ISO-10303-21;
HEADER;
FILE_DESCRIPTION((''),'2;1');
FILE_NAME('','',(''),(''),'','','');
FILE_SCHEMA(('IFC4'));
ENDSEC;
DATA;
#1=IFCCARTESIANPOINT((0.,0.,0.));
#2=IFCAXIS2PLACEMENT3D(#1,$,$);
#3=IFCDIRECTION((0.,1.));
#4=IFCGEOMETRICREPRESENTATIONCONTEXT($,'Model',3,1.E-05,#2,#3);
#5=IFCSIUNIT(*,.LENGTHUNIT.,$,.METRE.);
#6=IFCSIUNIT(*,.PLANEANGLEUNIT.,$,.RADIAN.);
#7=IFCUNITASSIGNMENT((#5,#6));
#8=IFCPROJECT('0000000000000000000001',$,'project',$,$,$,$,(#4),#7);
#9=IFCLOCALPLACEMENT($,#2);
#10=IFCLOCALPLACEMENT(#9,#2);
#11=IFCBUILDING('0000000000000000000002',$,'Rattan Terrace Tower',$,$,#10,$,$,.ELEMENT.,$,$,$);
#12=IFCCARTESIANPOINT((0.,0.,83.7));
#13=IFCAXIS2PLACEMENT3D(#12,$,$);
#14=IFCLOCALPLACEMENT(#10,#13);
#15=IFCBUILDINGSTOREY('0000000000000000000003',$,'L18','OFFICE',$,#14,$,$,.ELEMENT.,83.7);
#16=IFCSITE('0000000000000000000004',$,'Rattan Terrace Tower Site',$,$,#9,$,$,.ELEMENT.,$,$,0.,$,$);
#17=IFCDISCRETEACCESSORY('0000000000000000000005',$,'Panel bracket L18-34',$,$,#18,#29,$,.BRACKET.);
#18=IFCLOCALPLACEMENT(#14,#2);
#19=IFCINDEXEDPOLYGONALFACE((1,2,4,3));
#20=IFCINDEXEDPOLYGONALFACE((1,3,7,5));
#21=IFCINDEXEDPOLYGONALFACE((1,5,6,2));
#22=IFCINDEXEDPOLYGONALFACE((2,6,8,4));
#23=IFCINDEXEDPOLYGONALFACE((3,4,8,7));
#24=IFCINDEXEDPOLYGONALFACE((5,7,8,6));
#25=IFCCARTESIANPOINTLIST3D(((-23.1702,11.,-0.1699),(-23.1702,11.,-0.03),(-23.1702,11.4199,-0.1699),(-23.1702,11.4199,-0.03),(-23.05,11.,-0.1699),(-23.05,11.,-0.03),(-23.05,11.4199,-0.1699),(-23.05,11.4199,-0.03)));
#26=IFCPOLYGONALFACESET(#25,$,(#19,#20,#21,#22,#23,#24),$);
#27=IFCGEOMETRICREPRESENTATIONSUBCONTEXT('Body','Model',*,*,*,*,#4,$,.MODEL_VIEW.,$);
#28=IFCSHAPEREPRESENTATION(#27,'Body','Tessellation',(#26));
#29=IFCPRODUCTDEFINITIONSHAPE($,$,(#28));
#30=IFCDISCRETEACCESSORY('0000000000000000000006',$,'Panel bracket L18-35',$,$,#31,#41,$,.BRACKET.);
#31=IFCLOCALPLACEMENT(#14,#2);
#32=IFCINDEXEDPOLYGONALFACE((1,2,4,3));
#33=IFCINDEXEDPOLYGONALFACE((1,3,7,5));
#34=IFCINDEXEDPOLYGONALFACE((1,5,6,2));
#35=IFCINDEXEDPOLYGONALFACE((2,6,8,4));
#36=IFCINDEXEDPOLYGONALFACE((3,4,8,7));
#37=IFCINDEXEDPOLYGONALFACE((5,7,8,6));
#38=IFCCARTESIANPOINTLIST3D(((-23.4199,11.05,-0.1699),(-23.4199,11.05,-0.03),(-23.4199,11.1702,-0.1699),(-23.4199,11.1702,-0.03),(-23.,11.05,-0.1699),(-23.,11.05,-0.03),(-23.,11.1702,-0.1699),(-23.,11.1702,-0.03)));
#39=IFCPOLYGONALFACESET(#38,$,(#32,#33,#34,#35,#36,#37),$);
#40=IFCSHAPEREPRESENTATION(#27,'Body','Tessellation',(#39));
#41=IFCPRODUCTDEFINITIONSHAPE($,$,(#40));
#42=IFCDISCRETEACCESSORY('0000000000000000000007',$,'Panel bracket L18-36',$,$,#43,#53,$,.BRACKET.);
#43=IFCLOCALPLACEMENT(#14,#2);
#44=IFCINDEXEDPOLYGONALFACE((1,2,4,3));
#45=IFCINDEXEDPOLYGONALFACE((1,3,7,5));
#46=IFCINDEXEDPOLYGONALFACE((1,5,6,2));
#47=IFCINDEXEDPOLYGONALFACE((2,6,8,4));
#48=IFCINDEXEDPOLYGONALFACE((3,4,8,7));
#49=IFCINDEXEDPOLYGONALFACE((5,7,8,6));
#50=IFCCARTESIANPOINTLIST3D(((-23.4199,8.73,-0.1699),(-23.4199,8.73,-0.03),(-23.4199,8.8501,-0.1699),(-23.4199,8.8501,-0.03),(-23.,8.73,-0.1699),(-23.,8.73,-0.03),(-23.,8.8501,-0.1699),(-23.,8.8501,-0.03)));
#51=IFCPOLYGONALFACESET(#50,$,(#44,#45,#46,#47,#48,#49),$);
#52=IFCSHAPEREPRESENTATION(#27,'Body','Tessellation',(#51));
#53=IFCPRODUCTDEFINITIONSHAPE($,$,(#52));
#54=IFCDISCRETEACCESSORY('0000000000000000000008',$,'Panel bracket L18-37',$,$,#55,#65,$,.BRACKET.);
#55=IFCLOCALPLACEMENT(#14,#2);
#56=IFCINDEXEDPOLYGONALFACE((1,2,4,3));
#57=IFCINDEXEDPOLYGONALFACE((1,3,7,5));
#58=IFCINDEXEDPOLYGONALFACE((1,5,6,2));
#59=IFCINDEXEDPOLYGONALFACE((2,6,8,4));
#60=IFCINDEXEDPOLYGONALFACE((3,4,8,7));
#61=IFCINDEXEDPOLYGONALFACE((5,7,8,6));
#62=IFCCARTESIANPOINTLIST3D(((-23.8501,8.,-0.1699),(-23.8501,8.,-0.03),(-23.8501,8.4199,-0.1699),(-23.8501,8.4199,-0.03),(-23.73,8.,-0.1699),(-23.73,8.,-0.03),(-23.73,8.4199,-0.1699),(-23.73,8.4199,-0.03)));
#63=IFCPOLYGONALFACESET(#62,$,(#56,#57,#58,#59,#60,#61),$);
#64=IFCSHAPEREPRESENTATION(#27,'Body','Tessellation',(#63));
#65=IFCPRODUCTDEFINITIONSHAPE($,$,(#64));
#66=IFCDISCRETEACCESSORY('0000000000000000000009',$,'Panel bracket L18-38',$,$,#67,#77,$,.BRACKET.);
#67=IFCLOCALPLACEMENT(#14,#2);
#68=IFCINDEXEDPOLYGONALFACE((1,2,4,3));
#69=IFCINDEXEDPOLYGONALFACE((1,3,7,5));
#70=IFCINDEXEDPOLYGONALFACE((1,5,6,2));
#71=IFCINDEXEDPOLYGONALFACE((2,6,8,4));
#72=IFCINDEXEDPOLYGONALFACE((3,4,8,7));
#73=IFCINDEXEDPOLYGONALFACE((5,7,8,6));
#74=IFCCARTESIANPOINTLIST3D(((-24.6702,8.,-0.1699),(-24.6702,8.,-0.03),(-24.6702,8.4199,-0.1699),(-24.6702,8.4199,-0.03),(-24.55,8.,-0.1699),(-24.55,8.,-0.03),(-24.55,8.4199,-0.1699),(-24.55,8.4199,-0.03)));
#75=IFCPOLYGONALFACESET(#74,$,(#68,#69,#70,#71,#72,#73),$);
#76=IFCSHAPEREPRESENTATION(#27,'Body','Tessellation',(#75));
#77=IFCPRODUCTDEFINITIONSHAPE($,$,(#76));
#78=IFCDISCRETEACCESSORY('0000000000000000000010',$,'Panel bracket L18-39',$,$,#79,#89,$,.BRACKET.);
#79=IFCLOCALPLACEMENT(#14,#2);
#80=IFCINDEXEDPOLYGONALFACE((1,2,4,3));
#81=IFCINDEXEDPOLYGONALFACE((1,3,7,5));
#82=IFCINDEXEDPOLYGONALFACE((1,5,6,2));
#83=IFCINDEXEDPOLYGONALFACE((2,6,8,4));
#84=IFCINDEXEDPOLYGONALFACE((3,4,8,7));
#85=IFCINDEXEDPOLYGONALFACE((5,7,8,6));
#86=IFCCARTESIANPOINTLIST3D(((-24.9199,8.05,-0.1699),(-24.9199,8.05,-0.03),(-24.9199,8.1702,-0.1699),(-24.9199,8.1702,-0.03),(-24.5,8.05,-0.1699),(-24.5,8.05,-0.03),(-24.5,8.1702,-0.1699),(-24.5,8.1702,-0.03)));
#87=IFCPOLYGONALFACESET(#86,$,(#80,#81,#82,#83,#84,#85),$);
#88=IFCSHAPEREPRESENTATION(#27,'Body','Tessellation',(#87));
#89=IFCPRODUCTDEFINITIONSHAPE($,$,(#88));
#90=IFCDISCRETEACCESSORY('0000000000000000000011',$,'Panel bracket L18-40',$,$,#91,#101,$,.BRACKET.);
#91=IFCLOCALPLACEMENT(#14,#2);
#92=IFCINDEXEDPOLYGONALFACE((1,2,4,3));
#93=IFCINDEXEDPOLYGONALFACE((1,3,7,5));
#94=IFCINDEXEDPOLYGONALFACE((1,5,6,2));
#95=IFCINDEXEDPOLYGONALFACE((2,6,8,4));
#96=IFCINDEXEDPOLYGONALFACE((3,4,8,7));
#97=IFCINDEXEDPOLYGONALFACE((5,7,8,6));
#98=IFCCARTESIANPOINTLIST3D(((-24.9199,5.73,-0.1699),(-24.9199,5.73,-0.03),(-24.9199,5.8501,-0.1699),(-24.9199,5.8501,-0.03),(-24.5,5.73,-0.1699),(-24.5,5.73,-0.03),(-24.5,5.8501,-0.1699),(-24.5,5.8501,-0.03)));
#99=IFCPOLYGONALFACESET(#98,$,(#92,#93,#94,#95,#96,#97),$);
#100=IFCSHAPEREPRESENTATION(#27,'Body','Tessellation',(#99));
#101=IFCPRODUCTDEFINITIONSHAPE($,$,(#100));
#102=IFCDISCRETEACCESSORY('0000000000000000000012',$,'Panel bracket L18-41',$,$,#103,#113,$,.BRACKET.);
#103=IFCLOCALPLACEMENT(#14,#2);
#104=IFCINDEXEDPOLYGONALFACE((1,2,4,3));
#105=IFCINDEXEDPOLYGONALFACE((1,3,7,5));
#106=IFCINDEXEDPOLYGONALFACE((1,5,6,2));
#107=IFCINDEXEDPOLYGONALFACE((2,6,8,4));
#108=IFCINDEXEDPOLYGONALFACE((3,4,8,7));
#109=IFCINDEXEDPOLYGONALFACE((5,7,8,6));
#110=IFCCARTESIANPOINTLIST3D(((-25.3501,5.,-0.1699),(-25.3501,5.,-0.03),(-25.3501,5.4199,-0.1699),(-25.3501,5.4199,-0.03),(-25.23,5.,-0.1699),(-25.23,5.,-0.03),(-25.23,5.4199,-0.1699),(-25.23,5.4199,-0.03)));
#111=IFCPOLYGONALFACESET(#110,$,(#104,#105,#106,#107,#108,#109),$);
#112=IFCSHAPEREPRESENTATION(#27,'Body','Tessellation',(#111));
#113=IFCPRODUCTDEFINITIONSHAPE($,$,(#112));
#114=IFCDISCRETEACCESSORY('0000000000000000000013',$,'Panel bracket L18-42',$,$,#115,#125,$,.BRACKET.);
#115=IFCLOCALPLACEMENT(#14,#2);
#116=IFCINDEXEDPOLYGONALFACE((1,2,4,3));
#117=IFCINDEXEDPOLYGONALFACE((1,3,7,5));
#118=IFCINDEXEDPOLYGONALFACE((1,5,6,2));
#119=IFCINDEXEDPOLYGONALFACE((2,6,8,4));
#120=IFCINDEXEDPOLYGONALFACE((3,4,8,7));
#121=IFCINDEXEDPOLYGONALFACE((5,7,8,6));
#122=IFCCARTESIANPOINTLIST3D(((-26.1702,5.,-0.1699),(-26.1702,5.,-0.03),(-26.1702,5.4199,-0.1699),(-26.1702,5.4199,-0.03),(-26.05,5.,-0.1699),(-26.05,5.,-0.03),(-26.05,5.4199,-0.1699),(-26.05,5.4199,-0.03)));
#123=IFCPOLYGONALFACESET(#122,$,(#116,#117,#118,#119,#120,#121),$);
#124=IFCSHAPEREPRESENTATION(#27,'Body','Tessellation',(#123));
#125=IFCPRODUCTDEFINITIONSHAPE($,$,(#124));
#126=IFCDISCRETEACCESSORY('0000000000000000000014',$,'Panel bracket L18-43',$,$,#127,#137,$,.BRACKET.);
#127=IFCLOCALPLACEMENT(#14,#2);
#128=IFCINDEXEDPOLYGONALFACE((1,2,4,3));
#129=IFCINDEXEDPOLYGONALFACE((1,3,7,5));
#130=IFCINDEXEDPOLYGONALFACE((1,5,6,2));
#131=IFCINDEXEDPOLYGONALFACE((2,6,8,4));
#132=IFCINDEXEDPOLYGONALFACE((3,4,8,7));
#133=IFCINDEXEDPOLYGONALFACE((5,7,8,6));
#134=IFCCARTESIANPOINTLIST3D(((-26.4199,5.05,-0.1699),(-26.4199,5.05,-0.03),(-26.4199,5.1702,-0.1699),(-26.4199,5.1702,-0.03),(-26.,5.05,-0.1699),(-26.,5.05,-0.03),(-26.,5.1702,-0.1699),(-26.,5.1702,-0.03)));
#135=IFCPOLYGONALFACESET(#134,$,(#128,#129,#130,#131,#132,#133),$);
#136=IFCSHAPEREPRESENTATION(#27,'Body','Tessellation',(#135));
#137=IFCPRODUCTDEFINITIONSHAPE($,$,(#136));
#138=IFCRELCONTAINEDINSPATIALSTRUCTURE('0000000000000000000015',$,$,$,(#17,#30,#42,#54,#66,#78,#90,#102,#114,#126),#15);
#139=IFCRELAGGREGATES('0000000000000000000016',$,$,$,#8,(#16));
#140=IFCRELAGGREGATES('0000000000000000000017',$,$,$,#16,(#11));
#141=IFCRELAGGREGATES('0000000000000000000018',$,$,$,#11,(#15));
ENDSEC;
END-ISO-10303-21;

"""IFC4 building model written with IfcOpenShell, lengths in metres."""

from ifc_helpers import new_model, si_unit, direction, frame, origin, origin_2d, place, context, subcontext, project, spatial, rectangle, extrude, element, save


model = new_model("IFC4")

# Units and contexts
model_context = context("Model", 3, precision=1e-05, world=origin(), true_north=direction((0.0, 1.0)))
body_context = subcontext(model_context, "Body", "Model", "MODEL_VIEW")
ifc_project = project(units=[si_unit("LENGTHUNIT", "METRE"), si_unit("PLANEANGLEUNIT", "RADIAN")], contexts=[model_context])

# Site, building, storey
site_placement = place(None, origin())
site = spatial("IfcSite", under=ifc_project, at=site_placement, Name="Rattan Terrace Tower Site", CompositionType="ELEMENT", RefElevation=0.0)
building_placement = place(site_placement, origin())
building = spatial("IfcBuilding", under=site, at=building_placement, Name="Rattan Terrace Tower", CompositionType="ELEMENT")
storey_placement = place(building_placement, frame((0.0, 0.0, 83.7)))
storey = spatial("IfcBuildingStorey", under=building, at=storey_placement, Name="L18", Description="OFFICE", CompositionType="ELEMENT", Elevation=83.7)

# Discrete accessories
for number, where, z_axis, x_axis, name in (
    (1, (-23.1101, 11.21, -0.1699), (0.0, 0.0, 1.0), (-1.0, 0.0, 0.0), "Panel bracket L18-34"),
    (2, (-23.21, 11.1101, -0.1699), (0.0, 0.0, 1.0), (0.0, -1.0, 0.0), "Panel bracket L18-35"),
    (3, (-23.21, 8.79, -0.1699), (0.0, 0.0, 1.0), (0.0, -1.0, 0.0), "Panel bracket L18-36"),
    (4, (-23.79, 8.21, -0.1699), (0.0, 0.0, 1.0), (-1.0, 0.0, 0.0), "Panel bracket L18-37"),
    (5, (-24.6101, 8.21, -0.1699), (0.0, 0.0, 1.0), (-1.0, 0.0, 0.0), "Panel bracket L18-38"),
    (6, (-24.71, 8.1101, -0.1699), (0.0, 0.0, 1.0), (0.0, -1.0, 0.0), "Panel bracket L18-39"),
    (7, (-24.71, 5.79, -0.1699), (0.0, 0.0, 1.0), (0.0, -1.0, 0.0), "Panel bracket L18-40"),
    (8, (-25.29, 5.21, -0.1699), (0.0, 0.0, 1.0), (-1.0, 0.0, 0.0), "Panel bracket L18-41"),
    (9, (-26.1101, 5.21, -0.1699), (0.0, 0.0, 1.0), (-1.0, 0.0, 0.0), "Panel bracket L18-42"),
    (10, (-26.21, 5.1101, -0.1699), (0.0, 0.0, 1.0), (0.0, -1.0, 0.0), "Panel bracket L18-43"),
):
    element("IfcDiscreteAccessory", number, at=place(storey_placement, frame(where, z_axis=z_axis, x_axis=x_axis)), inside=storey, Name=name, PredefinedType="BRACKET", context=body_context, shape_type="SweptSolid", body=[
        extrude(rectangle(XDim=0.1201, YDim=0.4199, at=origin_2d()), origin(), (0.0, 0.0, 1.0), 0.1399),
    ])

save(model, "model.ifc")
